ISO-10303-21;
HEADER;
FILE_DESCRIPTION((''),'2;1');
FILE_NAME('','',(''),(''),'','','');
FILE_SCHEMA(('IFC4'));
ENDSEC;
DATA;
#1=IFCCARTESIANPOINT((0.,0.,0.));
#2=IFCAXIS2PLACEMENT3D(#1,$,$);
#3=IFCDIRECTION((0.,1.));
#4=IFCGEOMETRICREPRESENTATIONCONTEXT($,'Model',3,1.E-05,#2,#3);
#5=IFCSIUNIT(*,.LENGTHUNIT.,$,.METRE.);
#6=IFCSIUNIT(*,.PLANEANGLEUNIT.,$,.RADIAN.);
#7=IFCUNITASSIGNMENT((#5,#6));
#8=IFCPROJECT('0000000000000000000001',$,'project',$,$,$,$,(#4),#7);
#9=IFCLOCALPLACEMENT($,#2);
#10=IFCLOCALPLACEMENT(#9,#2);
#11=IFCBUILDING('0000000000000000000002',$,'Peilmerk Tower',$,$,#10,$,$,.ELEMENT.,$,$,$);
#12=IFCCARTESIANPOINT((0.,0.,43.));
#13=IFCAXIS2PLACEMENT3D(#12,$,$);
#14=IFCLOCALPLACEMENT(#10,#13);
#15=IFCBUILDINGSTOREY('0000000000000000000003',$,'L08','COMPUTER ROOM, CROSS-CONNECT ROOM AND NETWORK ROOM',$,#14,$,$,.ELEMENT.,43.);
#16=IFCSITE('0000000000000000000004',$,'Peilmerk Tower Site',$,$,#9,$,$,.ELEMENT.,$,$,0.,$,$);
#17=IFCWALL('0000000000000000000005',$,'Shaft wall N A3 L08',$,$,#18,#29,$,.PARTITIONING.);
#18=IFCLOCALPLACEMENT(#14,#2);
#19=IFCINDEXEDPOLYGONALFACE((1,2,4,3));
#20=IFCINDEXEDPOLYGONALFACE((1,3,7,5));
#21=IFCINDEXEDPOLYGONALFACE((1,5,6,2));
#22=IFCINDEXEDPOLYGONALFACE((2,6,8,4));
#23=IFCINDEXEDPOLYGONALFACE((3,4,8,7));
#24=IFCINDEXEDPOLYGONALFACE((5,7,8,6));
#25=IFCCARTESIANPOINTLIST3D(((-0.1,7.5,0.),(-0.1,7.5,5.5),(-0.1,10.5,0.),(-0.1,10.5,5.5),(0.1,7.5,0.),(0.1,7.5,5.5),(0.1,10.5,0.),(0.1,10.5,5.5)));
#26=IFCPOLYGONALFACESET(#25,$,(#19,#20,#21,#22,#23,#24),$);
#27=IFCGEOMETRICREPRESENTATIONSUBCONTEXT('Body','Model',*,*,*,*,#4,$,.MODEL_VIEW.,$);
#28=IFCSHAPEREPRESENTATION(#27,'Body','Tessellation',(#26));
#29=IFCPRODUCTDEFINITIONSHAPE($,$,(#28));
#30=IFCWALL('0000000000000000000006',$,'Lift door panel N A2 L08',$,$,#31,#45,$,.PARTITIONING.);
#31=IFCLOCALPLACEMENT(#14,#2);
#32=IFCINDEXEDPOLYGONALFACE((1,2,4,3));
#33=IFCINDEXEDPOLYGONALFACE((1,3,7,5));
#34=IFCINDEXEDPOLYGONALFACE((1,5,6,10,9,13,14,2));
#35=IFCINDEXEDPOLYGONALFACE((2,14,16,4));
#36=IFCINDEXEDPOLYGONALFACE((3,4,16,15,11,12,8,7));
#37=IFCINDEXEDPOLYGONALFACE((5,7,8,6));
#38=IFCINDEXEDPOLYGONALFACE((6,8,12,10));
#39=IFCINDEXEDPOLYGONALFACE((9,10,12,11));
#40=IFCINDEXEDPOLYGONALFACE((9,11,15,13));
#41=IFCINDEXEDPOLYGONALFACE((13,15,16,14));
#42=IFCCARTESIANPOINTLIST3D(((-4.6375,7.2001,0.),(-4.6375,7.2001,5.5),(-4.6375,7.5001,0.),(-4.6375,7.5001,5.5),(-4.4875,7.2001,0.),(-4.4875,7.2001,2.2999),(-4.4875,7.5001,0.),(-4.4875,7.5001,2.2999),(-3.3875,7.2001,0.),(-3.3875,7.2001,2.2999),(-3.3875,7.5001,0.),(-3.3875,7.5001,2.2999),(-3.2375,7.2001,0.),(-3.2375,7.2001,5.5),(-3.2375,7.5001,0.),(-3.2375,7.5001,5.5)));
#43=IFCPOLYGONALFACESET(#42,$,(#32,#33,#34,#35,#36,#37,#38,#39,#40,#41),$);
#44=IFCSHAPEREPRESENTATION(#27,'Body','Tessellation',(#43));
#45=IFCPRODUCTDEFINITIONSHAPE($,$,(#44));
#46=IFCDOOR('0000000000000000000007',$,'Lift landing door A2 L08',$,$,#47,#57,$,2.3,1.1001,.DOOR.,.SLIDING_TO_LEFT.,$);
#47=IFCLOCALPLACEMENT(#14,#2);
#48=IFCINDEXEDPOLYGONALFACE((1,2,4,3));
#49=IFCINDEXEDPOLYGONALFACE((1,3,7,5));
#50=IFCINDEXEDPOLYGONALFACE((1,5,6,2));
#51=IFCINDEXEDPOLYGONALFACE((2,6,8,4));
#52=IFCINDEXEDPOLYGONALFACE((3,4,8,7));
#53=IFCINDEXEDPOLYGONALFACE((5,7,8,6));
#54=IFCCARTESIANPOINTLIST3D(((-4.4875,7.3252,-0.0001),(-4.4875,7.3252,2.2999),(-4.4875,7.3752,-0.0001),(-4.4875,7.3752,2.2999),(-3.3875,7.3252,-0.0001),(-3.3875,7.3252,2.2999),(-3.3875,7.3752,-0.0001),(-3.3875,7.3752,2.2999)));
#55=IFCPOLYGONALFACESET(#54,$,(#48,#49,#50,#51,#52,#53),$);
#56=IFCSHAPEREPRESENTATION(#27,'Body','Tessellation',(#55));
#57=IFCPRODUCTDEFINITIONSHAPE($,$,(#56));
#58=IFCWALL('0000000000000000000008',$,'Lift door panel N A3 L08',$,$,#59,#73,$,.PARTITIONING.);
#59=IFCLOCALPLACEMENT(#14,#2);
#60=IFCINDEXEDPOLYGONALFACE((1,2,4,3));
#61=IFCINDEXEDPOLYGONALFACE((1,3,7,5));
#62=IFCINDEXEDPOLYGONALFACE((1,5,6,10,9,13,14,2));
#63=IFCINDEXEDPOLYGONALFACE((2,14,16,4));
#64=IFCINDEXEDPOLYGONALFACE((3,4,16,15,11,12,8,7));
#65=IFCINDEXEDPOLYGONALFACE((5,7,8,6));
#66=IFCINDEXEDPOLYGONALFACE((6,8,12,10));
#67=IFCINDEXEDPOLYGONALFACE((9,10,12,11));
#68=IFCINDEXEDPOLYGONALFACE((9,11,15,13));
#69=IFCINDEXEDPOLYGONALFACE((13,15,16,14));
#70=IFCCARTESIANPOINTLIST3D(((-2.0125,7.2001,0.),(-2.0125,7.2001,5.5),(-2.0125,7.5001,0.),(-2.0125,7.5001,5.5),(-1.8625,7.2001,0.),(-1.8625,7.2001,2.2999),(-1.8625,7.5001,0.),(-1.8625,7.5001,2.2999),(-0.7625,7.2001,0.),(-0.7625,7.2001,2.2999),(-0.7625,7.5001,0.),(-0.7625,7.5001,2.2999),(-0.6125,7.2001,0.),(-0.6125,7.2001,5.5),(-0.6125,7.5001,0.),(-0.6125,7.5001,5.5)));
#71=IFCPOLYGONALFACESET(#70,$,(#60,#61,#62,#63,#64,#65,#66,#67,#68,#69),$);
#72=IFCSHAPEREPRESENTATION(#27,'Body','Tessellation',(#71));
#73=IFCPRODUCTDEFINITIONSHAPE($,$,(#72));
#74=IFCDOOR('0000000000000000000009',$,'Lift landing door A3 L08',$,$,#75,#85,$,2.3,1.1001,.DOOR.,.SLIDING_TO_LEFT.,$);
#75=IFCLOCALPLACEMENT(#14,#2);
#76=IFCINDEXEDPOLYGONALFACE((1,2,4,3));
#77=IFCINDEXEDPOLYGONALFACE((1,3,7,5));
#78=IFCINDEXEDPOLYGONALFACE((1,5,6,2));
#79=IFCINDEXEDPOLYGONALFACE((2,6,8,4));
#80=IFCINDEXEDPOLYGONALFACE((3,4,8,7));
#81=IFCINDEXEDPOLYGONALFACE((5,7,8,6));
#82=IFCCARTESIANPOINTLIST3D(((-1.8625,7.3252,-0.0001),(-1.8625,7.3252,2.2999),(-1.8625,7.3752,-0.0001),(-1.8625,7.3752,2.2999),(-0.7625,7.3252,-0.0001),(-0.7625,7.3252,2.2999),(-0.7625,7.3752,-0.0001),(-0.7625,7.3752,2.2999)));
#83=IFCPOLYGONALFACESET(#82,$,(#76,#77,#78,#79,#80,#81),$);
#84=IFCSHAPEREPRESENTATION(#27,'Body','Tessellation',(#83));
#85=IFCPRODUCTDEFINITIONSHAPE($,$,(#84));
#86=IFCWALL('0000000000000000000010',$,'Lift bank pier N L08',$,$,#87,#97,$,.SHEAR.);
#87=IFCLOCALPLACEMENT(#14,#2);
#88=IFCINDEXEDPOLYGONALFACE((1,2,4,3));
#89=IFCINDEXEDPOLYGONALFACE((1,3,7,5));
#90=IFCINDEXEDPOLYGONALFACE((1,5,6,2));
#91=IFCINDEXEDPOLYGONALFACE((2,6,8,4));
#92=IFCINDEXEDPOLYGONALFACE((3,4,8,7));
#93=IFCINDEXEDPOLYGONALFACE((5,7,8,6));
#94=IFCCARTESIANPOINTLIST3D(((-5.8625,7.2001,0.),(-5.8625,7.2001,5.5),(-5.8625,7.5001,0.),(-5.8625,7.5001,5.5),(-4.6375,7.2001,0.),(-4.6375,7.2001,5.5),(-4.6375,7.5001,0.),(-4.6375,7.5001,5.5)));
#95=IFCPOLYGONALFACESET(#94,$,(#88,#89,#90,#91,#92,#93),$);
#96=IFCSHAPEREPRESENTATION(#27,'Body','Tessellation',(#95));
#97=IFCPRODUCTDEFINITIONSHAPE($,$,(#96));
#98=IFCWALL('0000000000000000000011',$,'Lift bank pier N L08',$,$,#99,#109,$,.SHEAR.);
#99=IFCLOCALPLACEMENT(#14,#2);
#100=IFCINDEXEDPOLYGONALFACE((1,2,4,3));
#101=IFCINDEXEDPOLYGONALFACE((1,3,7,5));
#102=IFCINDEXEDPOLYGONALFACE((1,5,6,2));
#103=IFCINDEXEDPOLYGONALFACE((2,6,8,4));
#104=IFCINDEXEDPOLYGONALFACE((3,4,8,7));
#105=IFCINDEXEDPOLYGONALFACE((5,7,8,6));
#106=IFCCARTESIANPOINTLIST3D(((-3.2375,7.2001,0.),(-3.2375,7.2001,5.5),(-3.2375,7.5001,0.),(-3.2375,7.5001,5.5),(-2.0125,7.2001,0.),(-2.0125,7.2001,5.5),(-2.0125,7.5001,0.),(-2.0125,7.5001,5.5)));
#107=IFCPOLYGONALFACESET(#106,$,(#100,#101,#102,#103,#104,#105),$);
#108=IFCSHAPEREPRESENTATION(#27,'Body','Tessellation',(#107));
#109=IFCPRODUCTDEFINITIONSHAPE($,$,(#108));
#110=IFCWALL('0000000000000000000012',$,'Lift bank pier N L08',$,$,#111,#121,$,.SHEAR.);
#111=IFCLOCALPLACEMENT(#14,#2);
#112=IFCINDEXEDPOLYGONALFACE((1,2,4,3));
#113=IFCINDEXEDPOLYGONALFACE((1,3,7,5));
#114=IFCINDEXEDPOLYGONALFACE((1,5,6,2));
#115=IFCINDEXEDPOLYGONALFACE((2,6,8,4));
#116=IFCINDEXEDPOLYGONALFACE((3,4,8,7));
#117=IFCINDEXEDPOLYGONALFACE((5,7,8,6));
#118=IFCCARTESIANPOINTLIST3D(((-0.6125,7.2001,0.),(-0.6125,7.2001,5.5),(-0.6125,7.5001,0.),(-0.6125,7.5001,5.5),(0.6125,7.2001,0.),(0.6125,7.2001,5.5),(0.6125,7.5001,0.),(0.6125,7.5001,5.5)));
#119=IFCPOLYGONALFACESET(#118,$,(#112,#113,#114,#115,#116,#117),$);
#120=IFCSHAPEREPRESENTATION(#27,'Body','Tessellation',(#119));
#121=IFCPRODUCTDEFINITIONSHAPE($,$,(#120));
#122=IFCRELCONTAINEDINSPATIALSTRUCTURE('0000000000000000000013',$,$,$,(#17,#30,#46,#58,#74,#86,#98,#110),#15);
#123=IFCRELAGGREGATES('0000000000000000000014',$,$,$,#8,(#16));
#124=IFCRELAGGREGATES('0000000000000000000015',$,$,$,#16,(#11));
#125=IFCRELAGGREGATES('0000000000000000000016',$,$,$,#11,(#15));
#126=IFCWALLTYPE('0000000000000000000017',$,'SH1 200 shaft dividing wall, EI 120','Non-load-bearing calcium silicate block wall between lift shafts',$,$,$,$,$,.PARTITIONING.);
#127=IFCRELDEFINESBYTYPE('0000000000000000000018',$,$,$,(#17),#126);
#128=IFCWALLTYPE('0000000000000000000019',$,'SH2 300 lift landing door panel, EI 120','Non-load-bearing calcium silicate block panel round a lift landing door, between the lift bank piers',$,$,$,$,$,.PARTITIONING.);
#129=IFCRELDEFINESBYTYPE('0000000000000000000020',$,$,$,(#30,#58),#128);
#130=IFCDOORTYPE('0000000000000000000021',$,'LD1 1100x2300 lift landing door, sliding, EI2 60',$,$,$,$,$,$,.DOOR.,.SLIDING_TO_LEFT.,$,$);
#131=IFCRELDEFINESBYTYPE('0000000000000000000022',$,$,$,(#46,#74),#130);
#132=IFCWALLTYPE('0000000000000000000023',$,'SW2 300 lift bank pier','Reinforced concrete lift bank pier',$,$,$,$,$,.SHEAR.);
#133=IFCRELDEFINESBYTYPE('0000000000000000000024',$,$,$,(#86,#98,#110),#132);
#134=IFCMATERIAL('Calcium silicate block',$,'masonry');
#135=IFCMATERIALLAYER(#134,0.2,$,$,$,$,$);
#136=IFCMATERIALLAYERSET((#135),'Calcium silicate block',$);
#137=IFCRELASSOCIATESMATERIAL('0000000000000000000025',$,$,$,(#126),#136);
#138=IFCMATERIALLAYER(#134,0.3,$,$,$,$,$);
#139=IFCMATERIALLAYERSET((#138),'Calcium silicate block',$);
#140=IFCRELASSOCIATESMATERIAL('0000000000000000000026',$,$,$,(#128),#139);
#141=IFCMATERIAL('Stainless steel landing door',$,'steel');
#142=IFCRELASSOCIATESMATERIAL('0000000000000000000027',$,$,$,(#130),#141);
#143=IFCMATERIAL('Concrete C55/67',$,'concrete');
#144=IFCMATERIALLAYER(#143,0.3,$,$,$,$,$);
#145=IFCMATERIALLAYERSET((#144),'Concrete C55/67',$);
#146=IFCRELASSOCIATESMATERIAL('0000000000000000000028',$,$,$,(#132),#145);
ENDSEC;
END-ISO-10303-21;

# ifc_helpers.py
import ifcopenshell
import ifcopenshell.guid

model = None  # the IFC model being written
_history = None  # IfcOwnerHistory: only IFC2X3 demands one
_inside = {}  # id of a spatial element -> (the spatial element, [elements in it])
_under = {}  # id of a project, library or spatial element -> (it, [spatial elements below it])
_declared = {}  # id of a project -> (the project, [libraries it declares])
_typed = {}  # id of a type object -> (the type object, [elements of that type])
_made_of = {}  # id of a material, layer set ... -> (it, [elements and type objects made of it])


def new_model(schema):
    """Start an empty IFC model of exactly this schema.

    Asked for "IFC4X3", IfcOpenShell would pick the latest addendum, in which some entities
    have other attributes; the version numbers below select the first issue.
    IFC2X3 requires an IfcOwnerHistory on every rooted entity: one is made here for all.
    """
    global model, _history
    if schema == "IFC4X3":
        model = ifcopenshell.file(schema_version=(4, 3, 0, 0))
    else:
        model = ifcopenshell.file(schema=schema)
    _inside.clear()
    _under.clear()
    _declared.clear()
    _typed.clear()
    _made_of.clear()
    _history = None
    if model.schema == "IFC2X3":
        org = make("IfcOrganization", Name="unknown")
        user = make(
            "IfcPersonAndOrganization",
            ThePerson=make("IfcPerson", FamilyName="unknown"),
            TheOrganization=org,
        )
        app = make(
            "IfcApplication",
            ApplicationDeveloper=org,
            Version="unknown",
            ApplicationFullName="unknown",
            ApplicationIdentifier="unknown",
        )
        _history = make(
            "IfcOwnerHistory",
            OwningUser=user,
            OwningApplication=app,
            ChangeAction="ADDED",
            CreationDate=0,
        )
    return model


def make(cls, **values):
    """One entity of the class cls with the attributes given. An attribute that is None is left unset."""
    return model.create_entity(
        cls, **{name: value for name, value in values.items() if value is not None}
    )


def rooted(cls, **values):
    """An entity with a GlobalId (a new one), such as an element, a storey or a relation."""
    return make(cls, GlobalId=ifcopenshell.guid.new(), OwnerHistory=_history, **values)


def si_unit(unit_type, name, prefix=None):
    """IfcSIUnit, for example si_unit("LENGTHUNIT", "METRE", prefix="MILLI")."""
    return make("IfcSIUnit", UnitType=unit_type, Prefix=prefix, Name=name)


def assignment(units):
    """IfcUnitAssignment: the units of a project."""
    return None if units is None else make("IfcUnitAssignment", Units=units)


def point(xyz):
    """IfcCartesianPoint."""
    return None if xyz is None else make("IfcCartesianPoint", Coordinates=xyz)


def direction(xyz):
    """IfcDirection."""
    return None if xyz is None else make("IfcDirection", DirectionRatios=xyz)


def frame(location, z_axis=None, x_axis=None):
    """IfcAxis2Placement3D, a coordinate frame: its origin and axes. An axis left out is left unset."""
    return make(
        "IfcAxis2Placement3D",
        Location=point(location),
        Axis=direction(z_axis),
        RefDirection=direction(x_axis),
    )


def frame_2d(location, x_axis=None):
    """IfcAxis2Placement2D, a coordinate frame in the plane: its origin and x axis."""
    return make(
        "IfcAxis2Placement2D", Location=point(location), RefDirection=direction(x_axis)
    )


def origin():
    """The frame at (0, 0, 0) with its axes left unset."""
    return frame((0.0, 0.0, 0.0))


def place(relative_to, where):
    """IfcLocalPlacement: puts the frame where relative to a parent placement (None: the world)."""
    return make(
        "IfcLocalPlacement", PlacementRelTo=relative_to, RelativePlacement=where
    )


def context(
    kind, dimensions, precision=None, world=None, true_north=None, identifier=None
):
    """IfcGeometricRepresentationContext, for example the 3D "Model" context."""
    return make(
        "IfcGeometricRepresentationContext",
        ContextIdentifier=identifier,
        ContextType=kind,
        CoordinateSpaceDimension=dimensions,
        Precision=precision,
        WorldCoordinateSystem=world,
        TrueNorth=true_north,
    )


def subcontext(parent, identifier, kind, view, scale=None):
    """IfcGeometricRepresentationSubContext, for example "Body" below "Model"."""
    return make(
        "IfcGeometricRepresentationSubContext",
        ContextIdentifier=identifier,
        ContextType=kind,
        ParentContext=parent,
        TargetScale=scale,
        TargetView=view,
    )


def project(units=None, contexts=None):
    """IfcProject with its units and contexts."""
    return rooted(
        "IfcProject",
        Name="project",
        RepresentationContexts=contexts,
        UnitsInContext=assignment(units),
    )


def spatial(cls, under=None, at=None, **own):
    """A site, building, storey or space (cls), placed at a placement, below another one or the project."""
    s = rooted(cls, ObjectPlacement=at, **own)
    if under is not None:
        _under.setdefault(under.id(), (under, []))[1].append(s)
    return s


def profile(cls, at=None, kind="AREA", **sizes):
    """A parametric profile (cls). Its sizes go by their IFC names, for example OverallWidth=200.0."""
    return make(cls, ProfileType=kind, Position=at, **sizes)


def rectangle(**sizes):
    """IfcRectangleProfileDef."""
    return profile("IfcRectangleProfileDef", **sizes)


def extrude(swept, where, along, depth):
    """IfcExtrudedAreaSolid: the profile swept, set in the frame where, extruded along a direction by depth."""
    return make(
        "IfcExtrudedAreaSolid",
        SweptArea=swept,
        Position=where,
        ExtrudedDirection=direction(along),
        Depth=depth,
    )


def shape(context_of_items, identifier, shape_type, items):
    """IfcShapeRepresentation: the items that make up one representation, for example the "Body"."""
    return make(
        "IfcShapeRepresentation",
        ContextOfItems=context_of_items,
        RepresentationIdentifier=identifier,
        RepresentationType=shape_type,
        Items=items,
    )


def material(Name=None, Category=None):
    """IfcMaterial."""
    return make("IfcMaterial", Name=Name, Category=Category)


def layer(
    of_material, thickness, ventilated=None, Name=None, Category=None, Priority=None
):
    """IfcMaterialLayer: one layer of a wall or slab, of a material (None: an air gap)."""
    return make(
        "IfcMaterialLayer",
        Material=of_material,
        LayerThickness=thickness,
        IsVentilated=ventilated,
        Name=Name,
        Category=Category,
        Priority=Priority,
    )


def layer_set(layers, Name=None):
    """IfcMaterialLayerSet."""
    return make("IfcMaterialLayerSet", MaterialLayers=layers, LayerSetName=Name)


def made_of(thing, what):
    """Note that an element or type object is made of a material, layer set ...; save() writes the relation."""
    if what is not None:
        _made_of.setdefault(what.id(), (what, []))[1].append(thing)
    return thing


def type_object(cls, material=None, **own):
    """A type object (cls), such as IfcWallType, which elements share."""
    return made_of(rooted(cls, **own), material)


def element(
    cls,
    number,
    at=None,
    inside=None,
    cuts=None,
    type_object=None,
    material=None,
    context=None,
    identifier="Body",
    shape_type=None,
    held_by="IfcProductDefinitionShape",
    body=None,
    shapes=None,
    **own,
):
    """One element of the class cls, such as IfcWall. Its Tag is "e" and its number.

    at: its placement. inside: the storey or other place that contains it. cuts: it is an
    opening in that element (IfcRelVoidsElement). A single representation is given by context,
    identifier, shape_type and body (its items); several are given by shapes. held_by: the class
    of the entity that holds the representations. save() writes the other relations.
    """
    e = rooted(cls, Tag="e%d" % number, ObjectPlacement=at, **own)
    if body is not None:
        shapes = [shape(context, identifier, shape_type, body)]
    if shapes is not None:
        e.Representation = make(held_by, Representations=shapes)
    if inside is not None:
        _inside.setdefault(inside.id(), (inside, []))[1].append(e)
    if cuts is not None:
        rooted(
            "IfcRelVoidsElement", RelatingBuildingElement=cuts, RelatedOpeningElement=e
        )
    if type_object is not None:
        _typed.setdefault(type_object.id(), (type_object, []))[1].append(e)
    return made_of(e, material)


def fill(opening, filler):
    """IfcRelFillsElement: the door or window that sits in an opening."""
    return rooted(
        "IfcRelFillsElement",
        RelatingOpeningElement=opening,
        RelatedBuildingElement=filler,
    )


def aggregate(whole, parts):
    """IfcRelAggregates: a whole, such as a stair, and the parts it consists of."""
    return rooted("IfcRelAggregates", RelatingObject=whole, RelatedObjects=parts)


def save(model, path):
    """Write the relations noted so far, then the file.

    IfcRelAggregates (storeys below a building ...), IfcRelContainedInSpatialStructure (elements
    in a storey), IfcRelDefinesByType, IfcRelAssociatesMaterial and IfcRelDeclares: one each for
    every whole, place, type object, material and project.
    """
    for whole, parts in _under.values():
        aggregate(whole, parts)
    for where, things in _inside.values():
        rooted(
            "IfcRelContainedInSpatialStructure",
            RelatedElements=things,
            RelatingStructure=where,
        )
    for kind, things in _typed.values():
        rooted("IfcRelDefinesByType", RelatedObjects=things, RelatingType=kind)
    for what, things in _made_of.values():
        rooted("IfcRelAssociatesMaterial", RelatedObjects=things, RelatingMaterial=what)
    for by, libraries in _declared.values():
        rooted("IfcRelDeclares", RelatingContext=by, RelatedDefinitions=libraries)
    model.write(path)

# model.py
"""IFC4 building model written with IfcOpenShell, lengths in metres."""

from ifc_helpers import new_model, si_unit, direction, frame, frame_2d, origin, place, context, subcontext, project, spatial, rectangle, extrude, material, layer, layer_set, type_object, element, fill, save


model = new_model("IFC4")

# Units and contexts
model_context = context("Model", 3, precision=1e-05, world=origin(), true_north=direction((0.0, 1.0)))
body_context = subcontext(model_context, "Body", "Model", "MODEL_VIEW")
ifc_project = project(units=[si_unit("LENGTHUNIT", "METRE"), si_unit("PLANEANGLEUNIT", "RADIAN")], contexts=[model_context])

# Site, building, storey
site_placement = place(None, origin())
site = spatial("IfcSite", under=ifc_project, at=site_placement, Name="Peilmerk Tower Site", CompositionType="ELEMENT", RefElevation=0.0)
building_placement = place(site_placement, origin())
building = spatial("IfcBuilding", under=site, at=building_placement, Name="Peilmerk Tower", CompositionType="ELEMENT")
storey_placement = place(building_placement, frame((0.0, 0.0, 43.0)))
storey = spatial("IfcBuildingStorey", under=building, at=storey_placement, Name="L08", Description="COMPUTER ROOM, CROSS-CONNECT ROOM AND NETWORK ROOM", CompositionType="ELEMENT", Elevation=43.0)

# Shared definitions
ifc_material_1 = material(Name="Concrete C55/67", Category="concrete")

# Wall
ifc_material_2 = material(Name="Calcium silicate block", Category="masonry")
ifc_layer_1 = layer(ifc_material_2, 0.2)
ifc_layer_set_1 = layer_set([ifc_layer_1], Name="Calcium silicate block")
wall_type_1 = type_object("IfcWallType", Name="SH1 200 shaft dividing wall, EI 120", Description="Non-load-bearing calcium silicate block wall between lift shafts", PredefinedType="PARTITIONING", material=ifc_layer_set_1)
for number, where, z_axis, x_axis, name in (
    (1, (0.0, 7.5, 0.0), (0.0, 0.0, 1.0), (0.0, 1.0, 0.0), "Shaft wall N A3 L08"),
):
    element("IfcWall", number, at=place(storey_placement, frame(where, z_axis=z_axis, x_axis=x_axis)), inside=storey, type_object=wall_type_1, Name=name, PredefinedType="PARTITIONING", context=body_context, shape_type="SweptSolid", body=[
        extrude(rectangle(XDim=3.0, YDim=0.2, at=frame_2d((1.5, 0.0))), origin(), (0.0, 0.0, 1.0), 5.5),
    ])

# Walls, openings, doors
ifc_layer_2 = layer(ifc_material_2, 0.3)
ifc_layer_set_2 = layer_set([ifc_layer_2], Name="Calcium silicate block")
wall_type_2 = type_object("IfcWallType", Name="SH2 300 lift landing door panel, EI 120", Description="Non-load-bearing calcium silicate block panel round a lift landing door, between the lift bank piers", PredefinedType="PARTITIONING", material=ifc_layer_set_2)
wall_1_placement = place(storey_placement, frame((-4.6375, 7.3501, 0.0), z_axis=(0.0, 0.0, 1.0), x_axis=(1.0, 0.0, 0.0)))
wall_1 = element("IfcWall", 2, at=wall_1_placement, inside=storey, type_object=wall_type_2, Name="Lift door panel N A2 L08", PredefinedType="PARTITIONING", context=body_context, shape_type="SweptSolid", body=[
    extrude(rectangle(XDim=1.3999, YDim=0.3, at=frame_2d((0.7, 0.0))), origin(), (0.0, 0.0, 1.0), 5.5),
])
opening_1_placement = place(wall_1_placement, frame((0.1499, 0.0, 0.0)))
opening_1 = element("IfcOpeningElement", 3, at=opening_1_placement, cuts=wall_1, PredefinedType="OPENING", context=body_context, shape_type="SweptSolid", body=[
    extrude(rectangle(XDim=1.1001, YDim=2.3, at=frame_2d((0.55, 1.1499))), frame((0.0, 0.1599, 0.0), z_axis=(0.0, -1.0, 0.0), x_axis=(1.0, 0.0, 0.0)), (0.0, 0.0, 1.0), 0.3201),
])
ifc_material_3 = material(Name="Stainless steel landing door", Category="steel")
door_type_1 = type_object("IfcDoorType", Name="LD1 1100x2300 lift landing door, sliding, EI2 60", OperationType="SLIDING_TO_LEFT", PredefinedType="DOOR", material=ifc_material_3)
door_1_placement = place(opening_1_placement, frame((1.1001, 0.0, 0.0), z_axis=(0.0, 0.0, 1.0), x_axis=(-1.0, 0.0, 0.0)))
door_1 = element("IfcDoor", 4, at=door_1_placement, inside=storey, type_object=door_type_1, Name="Lift landing door A2 L08", OperationType="SLIDING_TO_LEFT", OverallHeight=2.3, OverallWidth=1.1001, PredefinedType="DOOR", context=body_context, shape_type="SweptSolid", body=[
    extrude(rectangle(XDim=1.1001, YDim=2.3, at=frame_2d((0.55, 1.1499))), frame((0.0, 0.0249, 0.0), z_axis=(0.0, -1.0, 0.0), x_axis=(1.0, 0.0, 0.0)), (0.0, 0.0, 1.0), 0.05),
])
fill(opening_1, door_1)
wall_2_placement = place(storey_placement, frame((-2.0125, 7.3501, 0.0), z_axis=(0.0, 0.0, 1.0), x_axis=(1.0, 0.0, 0.0)))
wall_2 = element("IfcWall", 5, at=wall_2_placement, inside=storey, type_object=wall_type_2, Name="Lift door panel N A3 L08", PredefinedType="PARTITIONING", context=body_context, shape_type="SweptSolid", body=[
    extrude(rectangle(XDim=1.3999, YDim=0.3, at=frame_2d((0.7, 0.0))), origin(), (0.0, 0.0, 1.0), 5.5),
])
opening_2_placement = place(wall_2_placement, frame((0.1499, 0.0, 0.0)))
opening_2 = element("IfcOpeningElement", 6, at=opening_2_placement, cuts=wall_2, PredefinedType="OPENING", context=body_context, shape_type="SweptSolid", body=[
    extrude(rectangle(XDim=1.1001, YDim=2.3, at=frame_2d((0.55, 1.1499))), frame((0.0, 0.1599, 0.0), z_axis=(0.0, -1.0, 0.0), x_axis=(1.0, 0.0, 0.0)), (0.0, 0.0, 1.0), 0.3201),
])
door_2_placement = place(opening_2_placement, frame((1.1001, 0.0, 0.0), z_axis=(0.0, 0.0, 1.0), x_axis=(-1.0, 0.0, 0.0)))
door_2 = element("IfcDoor", 7, at=door_2_placement, inside=storey, type_object=door_type_1, Name="Lift landing door A3 L08", OperationType="SLIDING_TO_LEFT", OverallHeight=2.3, OverallWidth=1.1001, PredefinedType="DOOR", context=body_context, shape_type="SweptSolid", body=[
    extrude(rectangle(XDim=1.1001, YDim=2.3, at=frame_2d((0.55, 1.1499))), frame((0.0, 0.0249, 0.0), z_axis=(0.0, -1.0, 0.0), x_axis=(1.0, 0.0, 0.0)), (0.0, 0.0, 1.0), 0.05),
])
fill(opening_2, door_2)

# Walls
ifc_layer_3 = layer(ifc_material_1, 0.3)
ifc_layer_set_3 = layer_set([ifc_layer_3], Name="Concrete C55/67")
wall_type_3 = type_object("IfcWallType", Name="SW2 300 lift bank pier", Description="Reinforced concrete lift bank pier", PredefinedType="SHEAR", material=ifc_layer_set_3)
for number, where, z_axis, x_axis, name in (
    (8, (-5.8625, 7.3501, 0.0), (0.0, 0.0, 1.0), (1.0, 0.0, 0.0), "Lift bank pier N L08"),
    (9, (-3.2375, 7.3501, 0.0), (0.0, 0.0, 1.0), (1.0, 0.0, 0.0), "Lift bank pier N L08"),
    (10, (-0.6125, 7.3501, 0.0), (0.0, 0.0, 1.0), (1.0, 0.0, 0.0), "Lift bank pier N L08"),
):
    element("IfcWall", number, at=place(storey_placement, frame(where, z_axis=z_axis, x_axis=x_axis)), inside=storey, type_object=wall_type_3, Name=name, PredefinedType="SHEAR", context=body_context, shape_type="SweptSolid", body=[
        extrude(rectangle(XDim=1.2251, YDim=0.3, at=frame_2d((0.6125, 0.0))), origin(), (0.0, 0.0, 1.0), 5.5),
    ])

save(model, "model.ifc")
